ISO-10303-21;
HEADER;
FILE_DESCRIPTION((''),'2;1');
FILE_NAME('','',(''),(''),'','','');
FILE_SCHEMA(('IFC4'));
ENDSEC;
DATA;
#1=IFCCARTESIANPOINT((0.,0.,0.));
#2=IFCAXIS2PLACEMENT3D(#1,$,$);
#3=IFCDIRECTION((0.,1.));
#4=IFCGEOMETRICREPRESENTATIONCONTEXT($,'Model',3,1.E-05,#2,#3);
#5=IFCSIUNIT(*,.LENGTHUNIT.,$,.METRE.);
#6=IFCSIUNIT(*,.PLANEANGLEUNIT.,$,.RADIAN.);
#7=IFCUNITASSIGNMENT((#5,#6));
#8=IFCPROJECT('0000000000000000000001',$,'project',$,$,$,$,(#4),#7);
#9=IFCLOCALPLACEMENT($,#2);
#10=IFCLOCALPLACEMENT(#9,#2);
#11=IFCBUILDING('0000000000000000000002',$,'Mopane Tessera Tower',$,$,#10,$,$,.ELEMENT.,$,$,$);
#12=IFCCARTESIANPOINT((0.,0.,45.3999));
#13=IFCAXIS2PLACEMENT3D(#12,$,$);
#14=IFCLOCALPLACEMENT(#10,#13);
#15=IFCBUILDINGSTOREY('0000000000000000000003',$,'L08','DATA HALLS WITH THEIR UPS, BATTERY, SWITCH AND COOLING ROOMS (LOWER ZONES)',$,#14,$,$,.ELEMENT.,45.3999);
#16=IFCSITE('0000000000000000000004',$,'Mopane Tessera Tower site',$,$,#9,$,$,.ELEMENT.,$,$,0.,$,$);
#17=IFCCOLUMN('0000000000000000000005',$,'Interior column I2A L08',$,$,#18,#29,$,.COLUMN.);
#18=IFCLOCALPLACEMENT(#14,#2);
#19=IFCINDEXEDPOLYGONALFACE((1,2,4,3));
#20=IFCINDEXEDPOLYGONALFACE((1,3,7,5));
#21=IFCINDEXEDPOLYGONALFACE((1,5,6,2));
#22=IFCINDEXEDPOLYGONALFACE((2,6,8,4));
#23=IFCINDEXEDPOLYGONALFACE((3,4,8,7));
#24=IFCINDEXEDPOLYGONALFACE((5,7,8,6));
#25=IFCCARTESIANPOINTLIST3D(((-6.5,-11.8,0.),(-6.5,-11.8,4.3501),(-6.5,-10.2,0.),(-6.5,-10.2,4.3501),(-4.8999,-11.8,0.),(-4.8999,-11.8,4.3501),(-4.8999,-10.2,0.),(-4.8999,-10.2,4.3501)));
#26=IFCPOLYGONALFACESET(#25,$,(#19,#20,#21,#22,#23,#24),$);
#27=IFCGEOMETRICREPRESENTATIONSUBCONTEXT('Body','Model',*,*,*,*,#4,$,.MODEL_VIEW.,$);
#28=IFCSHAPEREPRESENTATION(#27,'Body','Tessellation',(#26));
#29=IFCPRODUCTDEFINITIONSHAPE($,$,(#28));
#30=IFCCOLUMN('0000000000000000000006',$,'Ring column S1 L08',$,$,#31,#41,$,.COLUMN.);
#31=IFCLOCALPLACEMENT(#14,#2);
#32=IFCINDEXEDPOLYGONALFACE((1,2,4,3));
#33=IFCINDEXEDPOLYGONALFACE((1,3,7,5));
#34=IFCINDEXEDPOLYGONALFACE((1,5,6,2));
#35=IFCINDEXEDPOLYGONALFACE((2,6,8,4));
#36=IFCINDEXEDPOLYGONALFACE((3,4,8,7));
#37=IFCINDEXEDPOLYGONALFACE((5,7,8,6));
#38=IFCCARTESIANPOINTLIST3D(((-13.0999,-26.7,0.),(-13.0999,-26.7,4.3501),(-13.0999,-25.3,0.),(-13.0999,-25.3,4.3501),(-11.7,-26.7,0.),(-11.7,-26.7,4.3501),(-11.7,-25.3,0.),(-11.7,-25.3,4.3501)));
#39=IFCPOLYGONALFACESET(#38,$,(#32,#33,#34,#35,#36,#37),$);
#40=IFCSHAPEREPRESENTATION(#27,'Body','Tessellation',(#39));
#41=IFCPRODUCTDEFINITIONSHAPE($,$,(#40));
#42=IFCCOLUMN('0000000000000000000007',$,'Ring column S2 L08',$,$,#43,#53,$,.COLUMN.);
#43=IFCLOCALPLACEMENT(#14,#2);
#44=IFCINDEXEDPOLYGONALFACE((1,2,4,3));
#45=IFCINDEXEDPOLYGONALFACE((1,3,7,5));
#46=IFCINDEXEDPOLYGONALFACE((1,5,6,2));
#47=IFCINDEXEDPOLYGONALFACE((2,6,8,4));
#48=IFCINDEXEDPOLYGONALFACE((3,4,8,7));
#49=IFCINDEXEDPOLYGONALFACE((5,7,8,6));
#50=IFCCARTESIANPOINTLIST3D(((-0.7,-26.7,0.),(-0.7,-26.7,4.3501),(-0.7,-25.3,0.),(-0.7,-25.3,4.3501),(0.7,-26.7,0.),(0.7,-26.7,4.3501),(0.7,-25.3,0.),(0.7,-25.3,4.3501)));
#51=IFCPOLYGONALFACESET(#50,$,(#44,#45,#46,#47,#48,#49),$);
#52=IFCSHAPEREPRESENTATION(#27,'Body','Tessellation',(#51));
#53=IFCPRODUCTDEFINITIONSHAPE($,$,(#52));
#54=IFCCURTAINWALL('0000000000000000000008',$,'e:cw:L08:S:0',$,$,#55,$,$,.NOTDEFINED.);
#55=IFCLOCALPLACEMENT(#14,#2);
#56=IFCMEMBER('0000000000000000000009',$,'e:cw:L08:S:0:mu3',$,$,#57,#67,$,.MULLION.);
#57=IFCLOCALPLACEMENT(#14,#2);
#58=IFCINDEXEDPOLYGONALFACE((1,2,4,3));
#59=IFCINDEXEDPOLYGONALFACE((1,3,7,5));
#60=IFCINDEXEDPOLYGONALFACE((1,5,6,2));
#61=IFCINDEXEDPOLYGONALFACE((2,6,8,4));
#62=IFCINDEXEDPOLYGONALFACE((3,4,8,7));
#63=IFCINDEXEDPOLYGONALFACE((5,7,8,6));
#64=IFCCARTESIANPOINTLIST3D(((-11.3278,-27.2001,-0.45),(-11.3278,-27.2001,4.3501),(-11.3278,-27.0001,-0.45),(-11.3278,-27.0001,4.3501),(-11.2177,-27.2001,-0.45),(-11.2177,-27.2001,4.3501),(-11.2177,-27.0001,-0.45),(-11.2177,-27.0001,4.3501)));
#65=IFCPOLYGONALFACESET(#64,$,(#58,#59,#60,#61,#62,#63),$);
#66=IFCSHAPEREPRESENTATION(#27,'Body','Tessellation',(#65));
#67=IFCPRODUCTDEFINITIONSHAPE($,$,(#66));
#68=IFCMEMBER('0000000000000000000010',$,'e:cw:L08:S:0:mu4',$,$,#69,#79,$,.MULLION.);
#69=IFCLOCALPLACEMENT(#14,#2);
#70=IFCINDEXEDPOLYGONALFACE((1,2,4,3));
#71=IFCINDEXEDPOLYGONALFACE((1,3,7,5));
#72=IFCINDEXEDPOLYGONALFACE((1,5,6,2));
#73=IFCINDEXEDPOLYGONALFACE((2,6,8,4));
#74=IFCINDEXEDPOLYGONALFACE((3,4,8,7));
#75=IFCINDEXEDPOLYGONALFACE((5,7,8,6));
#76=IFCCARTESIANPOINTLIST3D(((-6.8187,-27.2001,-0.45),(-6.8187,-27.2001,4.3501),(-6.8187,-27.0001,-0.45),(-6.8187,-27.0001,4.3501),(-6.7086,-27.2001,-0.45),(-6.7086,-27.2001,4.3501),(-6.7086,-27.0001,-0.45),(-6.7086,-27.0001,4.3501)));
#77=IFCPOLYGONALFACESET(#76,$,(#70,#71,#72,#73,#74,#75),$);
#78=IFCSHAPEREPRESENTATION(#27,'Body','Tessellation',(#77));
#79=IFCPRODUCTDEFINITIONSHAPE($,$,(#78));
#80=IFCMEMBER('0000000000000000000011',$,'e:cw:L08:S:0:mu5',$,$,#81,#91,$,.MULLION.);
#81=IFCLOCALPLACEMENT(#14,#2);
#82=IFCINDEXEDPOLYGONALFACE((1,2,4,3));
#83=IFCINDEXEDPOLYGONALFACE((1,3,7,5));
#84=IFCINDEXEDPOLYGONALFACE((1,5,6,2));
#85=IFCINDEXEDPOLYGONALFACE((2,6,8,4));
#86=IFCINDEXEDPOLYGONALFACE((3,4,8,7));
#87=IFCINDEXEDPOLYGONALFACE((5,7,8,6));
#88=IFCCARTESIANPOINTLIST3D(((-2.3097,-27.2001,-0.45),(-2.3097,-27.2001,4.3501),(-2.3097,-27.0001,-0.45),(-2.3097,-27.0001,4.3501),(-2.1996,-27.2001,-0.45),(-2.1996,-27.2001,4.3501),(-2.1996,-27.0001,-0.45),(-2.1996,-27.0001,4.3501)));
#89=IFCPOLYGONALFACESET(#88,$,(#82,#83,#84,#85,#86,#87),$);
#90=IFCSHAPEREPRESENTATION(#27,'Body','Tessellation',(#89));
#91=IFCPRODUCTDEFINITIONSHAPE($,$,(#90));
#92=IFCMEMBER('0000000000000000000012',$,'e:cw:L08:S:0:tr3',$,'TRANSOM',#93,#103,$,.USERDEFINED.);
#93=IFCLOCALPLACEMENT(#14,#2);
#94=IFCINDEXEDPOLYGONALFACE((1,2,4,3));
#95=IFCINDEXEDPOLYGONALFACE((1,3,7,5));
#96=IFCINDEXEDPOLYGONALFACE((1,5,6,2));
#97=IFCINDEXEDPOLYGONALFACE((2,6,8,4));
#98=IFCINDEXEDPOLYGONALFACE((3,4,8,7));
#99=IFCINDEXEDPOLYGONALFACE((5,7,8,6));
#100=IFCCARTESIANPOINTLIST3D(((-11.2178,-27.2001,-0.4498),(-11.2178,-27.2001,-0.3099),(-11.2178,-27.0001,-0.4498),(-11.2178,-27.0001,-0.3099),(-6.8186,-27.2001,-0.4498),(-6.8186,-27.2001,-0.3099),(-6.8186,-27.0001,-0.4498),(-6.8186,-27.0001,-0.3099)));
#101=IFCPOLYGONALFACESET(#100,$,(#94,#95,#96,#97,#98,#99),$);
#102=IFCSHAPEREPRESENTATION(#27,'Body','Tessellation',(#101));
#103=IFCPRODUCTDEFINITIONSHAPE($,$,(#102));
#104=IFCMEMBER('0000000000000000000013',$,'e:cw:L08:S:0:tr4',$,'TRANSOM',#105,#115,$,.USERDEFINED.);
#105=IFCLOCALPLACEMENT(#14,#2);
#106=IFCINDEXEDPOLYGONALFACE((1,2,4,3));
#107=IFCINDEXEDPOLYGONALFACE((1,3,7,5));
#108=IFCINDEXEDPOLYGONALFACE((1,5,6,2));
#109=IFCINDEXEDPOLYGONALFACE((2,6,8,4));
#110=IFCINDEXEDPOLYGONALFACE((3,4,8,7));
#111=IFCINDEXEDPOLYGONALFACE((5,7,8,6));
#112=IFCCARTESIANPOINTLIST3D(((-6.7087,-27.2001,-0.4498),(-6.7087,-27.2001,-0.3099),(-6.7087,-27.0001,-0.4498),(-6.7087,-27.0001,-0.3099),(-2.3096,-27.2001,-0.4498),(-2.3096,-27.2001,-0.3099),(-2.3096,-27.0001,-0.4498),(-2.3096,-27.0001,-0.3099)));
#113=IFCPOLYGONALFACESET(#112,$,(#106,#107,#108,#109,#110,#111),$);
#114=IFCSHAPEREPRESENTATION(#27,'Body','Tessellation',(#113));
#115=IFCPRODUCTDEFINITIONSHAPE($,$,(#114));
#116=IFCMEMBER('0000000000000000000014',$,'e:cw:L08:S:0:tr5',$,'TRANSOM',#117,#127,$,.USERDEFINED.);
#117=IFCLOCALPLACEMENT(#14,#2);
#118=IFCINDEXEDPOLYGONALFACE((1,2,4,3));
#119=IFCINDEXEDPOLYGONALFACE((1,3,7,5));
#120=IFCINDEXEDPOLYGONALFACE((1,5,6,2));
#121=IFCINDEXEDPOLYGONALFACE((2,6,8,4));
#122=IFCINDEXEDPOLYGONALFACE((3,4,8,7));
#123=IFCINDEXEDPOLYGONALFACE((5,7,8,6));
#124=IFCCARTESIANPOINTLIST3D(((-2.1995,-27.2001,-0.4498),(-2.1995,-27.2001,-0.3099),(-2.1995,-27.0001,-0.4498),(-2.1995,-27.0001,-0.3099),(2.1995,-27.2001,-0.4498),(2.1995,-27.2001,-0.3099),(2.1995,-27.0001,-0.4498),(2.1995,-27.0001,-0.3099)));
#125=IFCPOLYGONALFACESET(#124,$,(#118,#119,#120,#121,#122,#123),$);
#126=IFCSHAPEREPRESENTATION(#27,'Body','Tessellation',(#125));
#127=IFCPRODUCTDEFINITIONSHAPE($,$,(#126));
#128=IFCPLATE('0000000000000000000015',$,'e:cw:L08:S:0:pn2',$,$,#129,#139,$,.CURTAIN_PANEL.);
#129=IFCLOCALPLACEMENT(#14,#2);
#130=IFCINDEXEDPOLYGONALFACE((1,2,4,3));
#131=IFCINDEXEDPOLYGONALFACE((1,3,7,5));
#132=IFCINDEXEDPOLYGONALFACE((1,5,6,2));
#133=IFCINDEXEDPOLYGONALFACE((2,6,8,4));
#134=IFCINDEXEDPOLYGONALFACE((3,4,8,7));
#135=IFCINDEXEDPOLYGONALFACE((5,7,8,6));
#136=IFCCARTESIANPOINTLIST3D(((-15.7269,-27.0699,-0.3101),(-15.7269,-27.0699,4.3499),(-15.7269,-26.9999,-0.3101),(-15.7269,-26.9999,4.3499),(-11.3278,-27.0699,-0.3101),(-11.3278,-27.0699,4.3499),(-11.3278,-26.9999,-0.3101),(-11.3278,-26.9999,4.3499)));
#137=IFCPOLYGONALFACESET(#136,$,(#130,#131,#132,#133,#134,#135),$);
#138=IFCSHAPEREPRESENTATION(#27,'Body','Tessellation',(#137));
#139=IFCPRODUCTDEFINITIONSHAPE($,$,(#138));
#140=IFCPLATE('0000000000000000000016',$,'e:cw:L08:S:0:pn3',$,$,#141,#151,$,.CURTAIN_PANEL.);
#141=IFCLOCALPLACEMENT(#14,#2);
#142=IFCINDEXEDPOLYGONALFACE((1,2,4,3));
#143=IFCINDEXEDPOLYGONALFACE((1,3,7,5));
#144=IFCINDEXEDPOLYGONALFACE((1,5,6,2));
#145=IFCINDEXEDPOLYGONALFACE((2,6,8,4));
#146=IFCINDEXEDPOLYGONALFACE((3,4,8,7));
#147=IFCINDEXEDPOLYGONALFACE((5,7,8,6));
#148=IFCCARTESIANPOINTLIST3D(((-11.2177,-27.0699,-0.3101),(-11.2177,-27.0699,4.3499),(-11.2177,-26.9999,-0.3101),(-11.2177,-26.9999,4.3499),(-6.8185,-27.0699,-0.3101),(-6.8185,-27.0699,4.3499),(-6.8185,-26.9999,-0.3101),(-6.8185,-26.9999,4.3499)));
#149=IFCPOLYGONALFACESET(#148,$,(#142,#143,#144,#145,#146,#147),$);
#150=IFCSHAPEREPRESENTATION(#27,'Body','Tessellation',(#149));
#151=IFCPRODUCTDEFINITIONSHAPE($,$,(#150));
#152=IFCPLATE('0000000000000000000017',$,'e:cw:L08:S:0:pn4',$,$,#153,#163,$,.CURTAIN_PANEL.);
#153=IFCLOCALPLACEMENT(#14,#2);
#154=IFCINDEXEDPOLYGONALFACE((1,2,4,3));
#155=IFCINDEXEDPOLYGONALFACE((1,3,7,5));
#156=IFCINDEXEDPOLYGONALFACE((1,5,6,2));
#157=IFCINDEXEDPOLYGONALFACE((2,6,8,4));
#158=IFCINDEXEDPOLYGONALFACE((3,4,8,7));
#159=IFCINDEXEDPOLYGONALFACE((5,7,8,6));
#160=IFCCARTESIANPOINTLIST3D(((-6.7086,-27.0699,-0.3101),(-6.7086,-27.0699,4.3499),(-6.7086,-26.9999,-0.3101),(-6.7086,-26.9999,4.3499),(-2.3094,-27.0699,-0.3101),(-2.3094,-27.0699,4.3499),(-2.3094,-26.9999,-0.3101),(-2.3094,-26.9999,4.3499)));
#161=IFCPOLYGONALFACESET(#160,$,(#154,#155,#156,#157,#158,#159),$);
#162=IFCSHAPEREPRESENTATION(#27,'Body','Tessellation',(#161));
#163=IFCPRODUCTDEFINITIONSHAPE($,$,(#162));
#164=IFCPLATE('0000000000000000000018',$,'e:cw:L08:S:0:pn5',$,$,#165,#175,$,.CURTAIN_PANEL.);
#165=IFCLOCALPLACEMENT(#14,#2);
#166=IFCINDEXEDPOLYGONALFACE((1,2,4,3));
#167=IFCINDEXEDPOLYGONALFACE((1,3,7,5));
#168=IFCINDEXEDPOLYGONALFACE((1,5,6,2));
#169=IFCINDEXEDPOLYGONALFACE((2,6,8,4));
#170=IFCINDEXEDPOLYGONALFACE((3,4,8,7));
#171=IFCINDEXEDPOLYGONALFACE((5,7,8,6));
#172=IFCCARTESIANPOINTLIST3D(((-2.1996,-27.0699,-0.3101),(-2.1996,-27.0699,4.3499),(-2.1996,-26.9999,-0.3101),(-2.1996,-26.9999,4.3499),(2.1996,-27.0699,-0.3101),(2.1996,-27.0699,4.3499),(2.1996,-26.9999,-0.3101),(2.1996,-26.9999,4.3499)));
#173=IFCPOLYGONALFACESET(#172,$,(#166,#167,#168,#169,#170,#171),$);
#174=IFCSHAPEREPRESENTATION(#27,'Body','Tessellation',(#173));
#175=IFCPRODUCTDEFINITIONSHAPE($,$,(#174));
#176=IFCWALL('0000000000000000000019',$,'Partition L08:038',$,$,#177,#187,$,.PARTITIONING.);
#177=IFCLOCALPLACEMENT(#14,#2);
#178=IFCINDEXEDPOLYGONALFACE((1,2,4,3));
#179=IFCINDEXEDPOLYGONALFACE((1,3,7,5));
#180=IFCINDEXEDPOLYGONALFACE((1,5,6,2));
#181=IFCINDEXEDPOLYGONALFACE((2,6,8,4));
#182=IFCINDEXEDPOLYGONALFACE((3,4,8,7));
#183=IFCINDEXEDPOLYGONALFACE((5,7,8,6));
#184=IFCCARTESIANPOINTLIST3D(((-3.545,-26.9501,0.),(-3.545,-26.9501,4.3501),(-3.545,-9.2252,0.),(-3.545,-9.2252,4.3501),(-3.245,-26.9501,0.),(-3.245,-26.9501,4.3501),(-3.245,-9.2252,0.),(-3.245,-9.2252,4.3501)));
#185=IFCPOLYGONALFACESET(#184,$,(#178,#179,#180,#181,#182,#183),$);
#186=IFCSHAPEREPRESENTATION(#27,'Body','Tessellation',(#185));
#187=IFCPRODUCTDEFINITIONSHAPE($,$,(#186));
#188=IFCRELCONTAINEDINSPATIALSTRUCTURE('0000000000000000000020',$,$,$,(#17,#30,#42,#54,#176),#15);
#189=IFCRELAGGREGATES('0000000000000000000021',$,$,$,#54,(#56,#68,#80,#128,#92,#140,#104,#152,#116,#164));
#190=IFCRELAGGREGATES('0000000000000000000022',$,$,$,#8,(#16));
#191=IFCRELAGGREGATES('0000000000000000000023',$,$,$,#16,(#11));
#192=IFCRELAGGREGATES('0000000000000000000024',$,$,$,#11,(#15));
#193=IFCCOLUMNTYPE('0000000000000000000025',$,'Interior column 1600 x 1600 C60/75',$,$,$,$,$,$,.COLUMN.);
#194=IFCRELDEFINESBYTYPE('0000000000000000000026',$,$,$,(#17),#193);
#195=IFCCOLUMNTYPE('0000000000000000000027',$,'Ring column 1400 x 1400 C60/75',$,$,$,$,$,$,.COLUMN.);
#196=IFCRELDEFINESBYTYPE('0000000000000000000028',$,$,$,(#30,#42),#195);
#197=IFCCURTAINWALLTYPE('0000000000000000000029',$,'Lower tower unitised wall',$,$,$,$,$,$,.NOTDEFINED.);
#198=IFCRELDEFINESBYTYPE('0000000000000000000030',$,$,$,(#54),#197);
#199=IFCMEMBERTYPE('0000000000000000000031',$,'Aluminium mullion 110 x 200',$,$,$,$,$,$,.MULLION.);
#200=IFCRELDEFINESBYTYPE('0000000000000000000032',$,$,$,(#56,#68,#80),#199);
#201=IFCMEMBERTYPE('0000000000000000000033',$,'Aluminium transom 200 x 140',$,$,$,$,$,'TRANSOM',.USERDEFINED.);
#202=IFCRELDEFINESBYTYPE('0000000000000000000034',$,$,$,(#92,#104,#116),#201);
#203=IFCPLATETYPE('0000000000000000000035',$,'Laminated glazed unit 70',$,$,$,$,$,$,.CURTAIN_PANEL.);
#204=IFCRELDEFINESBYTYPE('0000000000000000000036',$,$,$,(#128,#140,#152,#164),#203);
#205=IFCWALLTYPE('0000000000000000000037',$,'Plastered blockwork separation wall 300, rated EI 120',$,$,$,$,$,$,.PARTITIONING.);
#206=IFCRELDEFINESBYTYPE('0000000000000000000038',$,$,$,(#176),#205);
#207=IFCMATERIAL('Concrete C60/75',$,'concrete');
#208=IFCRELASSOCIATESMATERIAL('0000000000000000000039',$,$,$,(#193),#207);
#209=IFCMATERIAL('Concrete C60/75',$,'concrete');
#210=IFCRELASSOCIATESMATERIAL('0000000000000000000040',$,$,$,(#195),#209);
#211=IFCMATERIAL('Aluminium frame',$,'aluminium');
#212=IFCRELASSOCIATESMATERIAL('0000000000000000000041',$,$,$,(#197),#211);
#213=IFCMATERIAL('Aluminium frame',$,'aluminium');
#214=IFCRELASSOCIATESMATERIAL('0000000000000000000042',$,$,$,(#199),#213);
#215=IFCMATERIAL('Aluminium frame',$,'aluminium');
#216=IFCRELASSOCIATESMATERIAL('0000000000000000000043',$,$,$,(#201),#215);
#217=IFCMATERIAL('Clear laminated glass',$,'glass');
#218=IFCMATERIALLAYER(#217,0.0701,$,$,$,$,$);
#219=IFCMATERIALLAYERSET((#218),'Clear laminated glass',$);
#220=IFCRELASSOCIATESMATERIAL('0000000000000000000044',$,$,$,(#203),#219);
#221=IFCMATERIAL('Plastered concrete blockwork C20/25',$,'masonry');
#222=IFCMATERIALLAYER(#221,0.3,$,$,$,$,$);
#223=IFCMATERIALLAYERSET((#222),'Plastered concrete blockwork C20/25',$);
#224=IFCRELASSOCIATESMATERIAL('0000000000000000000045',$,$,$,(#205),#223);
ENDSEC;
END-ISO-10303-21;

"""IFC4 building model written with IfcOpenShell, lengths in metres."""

from ifc_helpers import new_model, si_unit, direction, frame, frame_2d, origin, origin_2d, place, context, subcontext, project, spatial, rectangle, extrude, material, layer, layer_set, material_profile, profile_set, type_object, element, aggregate, save


model = new_model("IFC4")

# Units and contexts
model_context = context("Model", 3, precision=1e-05, world=origin(), true_north=direction((0.0, 1.0)))
body_context = subcontext(model_context, "Body", "Model", "MODEL_VIEW")
ifc_project = project(units=[si_unit("LENGTHUNIT", "METRE"), si_unit("PLANEANGLEUNIT", "RADIAN")], contexts=[model_context])

# Site, building, storey
site_placement = place(None, origin())
site = spatial("IfcSite", under=ifc_project, at=site_placement, Name="Mopane Tessera Tower site", CompositionType="ELEMENT", RefElevation=0.0)
building_placement = place(site_placement, origin())
building = spatial("IfcBuilding", under=site, at=building_placement, Name="Mopane Tessera Tower", CompositionType="ELEMENT")
storey_placement = place(building_placement, frame((0.0, 0.0, 45.3999)))
storey = spatial("IfcBuildingStorey", under=building, at=storey_placement, Name="L08", Description="DATA HALLS WITH THEIR UPS, BATTERY, SWITCH AND COOLING ROOMS (LOWER ZONES)", CompositionType="ELEMENT", Elevation=45.3999)

# Columns
ifc_material_1 = material(Name="Concrete C60/75", Category="concrete")
ifc_material_profile_1 = material_profile(ifc_material_1, rectangle(XDim=1.6001, YDim=1.6001, at=origin_2d()))
ifc_profile_set_1 = profile_set([ifc_material_profile_1], Name="Concrete C60/75")
column_type_1 = type_object("IfcColumnType", Name="Interior column 1600 x 1600 C60/75", PredefinedType="COLUMN", material=ifc_profile_set_1)
column_placement = place(storey_placement, frame((-5.7, -11.0, 0.0), z_axis=(0.0, 0.0, 1.0), x_axis=(1.0, 0.0, 0.0)))
element("IfcColumn", 1, at=column_placement, inside=storey, type_object=column_type_1, Name="Interior column I2A L08", PredefinedType="COLUMN", context=body_context, shape_type="SweptSolid", body=[
    extrude(rectangle(XDim=1.6001, YDim=1.6001, at=origin_2d()), origin(), (0.0, 0.0, 1.0), 4.3501),
])
ifc_material_2 = material(Name="Concrete C60/75", Category="concrete")
ifc_material_profile_2 = material_profile(ifc_material_2, rectangle(XDim=1.3999, YDim=1.3999, at=origin_2d()))
ifc_profile_set_2 = profile_set([ifc_material_profile_2], Name="Concrete C60/75")
column_type_2 = type_object("IfcColumnType", Name="Ring column 1400 x 1400 C60/75", PredefinedType="COLUMN", material=ifc_profile_set_2)
for number, where, z_axis, x_axis, name in (
    (2, (-12.3999, -26.0, 0.0), (0.0, 0.0, 1.0), (1.0, 0.0, 0.0), "Ring column S1 L08"),
    (3, (0.0, -26.0, 0.0), (0.0, 0.0, 1.0), (1.0, 0.0, 0.0), "Ring column S2 L08"),
):
    element("IfcColumn", number, at=place(storey_placement, frame(where, z_axis=z_axis, x_axis=x_axis)), inside=storey, type_object=column_type_2, Name=name, PredefinedType="COLUMN", context=body_context, shape_type="SweptSolid", body=[
        extrude(rectangle(XDim=1.3999, YDim=1.3999, at=origin_2d()), origin(), (0.0, 0.0, 1.0), 4.3501),
    ])

# Curtain wall, members, plates
ifc_material_3 = material(Name="Aluminium frame", Category="aluminium")
curtain_wall_type = type_object("IfcCurtainWallType", Name="Lower tower unitised wall", PredefinedType="NOTDEFINED", material=ifc_material_3)
curtain_wall_placement = place(storey_placement, origin())
curtain_wall = element("IfcCurtainWall", 4, at=curtain_wall_placement, inside=storey, type_object=curtain_wall_type, Name="e:cw:L08:S:0", PredefinedType="NOTDEFINED")
ifc_material_4 = material(Name="Aluminium frame", Category="aluminium")
ifc_material_profile_3 = material_profile(ifc_material_4, rectangle(XDim=0.1101, YDim=0.2, at=origin_2d()))
ifc_profile_set_3 = profile_set([ifc_material_profile_3], Name="Aluminium frame")
member_type_1 = type_object("IfcMemberType", Name="Aluminium mullion 110 x 200", PredefinedType="MULLION", material=ifc_profile_set_3)
member_1_placement = place(storey_placement, frame((-11.2727, -27.1001, -0.45), z_axis=(0.0, 0.0, 1.0), x_axis=(1.0, 0.0, 0.0)))
member_1 = element("IfcMember", 5, at=member_1_placement, type_object=member_type_1, Name="e:cw:L08:S:0:mu3", PredefinedType="MULLION", context=body_context, shape_type="SweptSolid", body=[
    extrude(rectangle(XDim=0.1101, YDim=0.2, at=origin_2d()), origin(), (0.0, 0.0, 1.0), 4.8),
])
member_2_placement = place(storey_placement, frame((-6.7637, -27.1001, -0.45), z_axis=(0.0, 0.0, 1.0), x_axis=(1.0, 0.0, 0.0)))
member_2 = element("IfcMember", 6, at=member_2_placement, type_object=member_type_1, Name="e:cw:L08:S:0:mu4", PredefinedType="MULLION", context=body_context, shape_type="SweptSolid", body=[
    extrude(rectangle(XDim=0.1101, YDim=0.2, at=origin_2d()), origin(), (0.0, 0.0, 1.0), 4.8),
])
member_3_placement = place(storey_placement, frame((-2.2546, -27.1001, -0.45), z_axis=(0.0, 0.0, 1.0), x_axis=(1.0, 0.0, 0.0)))
member_3 = element("IfcMember", 7, at=member_3_placement, type_object=member_type_1, Name="e:cw:L08:S:0:mu5", PredefinedType="MULLION", context=body_context, shape_type="SweptSolid", body=[
    extrude(rectangle(XDim=0.1101, YDim=0.2, at=origin_2d()), origin(), (0.0, 0.0, 1.0), 4.8),
])
ifc_material_5 = material(Name="Aluminium frame", Category="aluminium")
ifc_material_profile_4 = material_profile(ifc_material_5, rectangle(XDim=0.2, YDim=0.1399, at=origin_2d()))
ifc_profile_set_4 = profile_set([ifc_material_profile_4], Name="Aluminium frame")
member_type_2 = type_object("IfcMemberType", Name="Aluminium transom 200 x 140", ElementType="TRANSOM", PredefinedType="USERDEFINED", material=ifc_profile_set_4)
member_4_placement = place(storey_placement, frame((-11.2178, -27.1001, -0.3799), z_axis=(1.0, 0.0, 0.0), x_axis=(0.0, 1.0, 0.0)))
member_4 = element("IfcMember", 8, at=member_4_placement, type_object=member_type_2, Name="e:cw:L08:S:0:tr3", ObjectType="TRANSOM", PredefinedType="USERDEFINED", context=body_context, shape_type="SweptSolid", body=[
    extrude(rectangle(XDim=0.2, YDim=0.1399, at=origin_2d()), origin(), (0.0, 0.0, 1.0), 4.3992),
])
member_5_placement = place(storey_placement, frame((-6.7087, -27.1001, -0.3799), z_axis=(1.0, 0.0, 0.0), x_axis=(0.0, 1.0, 0.0)))
member_5 = element("IfcMember", 9, at=member_5_placement, type_object=member_type_2, Name="e:cw:L08:S:0:tr4", ObjectType="TRANSOM", PredefinedType="USERDEFINED", context=body_context, shape_type="SweptSolid", body=[
    extrude(rectangle(XDim=0.2, YDim=0.1399, at=origin_2d()), origin(), (0.0, 0.0, 1.0), 4.3992),
])
member_6_placement = place(storey_placement, frame((-2.1995, -27.1001, -0.3799), z_axis=(1.0, 0.0, 0.0), x_axis=(0.0, 1.0, 0.0)))
member_6 = element("IfcMember", 10, at=member_6_placement, type_object=member_type_2, Name="e:cw:L08:S:0:tr5", ObjectType="TRANSOM", PredefinedType="USERDEFINED", context=body_context, shape_type="SweptSolid", body=[
    extrude(rectangle(XDim=0.2, YDim=0.1399, at=origin_2d()), origin(), (0.0, 0.0, 1.0), 4.3989),
])
ifc_material_6 = material(Name="Clear laminated glass", Category="glass")
ifc_layer_1 = layer(ifc_material_6, 0.0701)
ifc_layer_set_1 = layer_set([ifc_layer_1], Name="Clear laminated glass")
plate_type = type_object("IfcPlateType", Name="Laminated glazed unit 70", PredefinedType="CURTAIN_PANEL", material=ifc_layer_set_1)
plate_1_placement = place(storey_placement, frame((-13.5273, -27.0349, -0.3101), z_axis=(0.0, 0.0, 1.0), x_axis=(1.0, 0.0, 0.0)))
plate_1 = element("IfcPlate", 11, at=plate_1_placement, type_object=plate_type, Name="e:cw:L08:S:0:pn2", PredefinedType="CURTAIN_PANEL", context=body_context, shape_type="SweptSolid", body=[
    extrude(rectangle(XDim=4.3992, YDim=0.0701, at=origin_2d()), origin(), (0.0, 0.0, 1.0), 4.6599),
])
plate_2_placement = place(storey_placement, frame((-9.0181, -27.0349, -0.3101), z_axis=(0.0, 0.0, 1.0), x_axis=(1.0, 0.0, 0.0)))
plate_2 = element("IfcPlate", 12, at=plate_2_placement, type_object=plate_type, Name="e:cw:L08:S:0:pn3", PredefinedType="CURTAIN_PANEL", context=body_context, shape_type="SweptSolid", body=[
    extrude(rectangle(XDim=4.3992, YDim=0.0701, at=origin_2d()), origin(), (0.0, 0.0, 1.0), 4.6599),
])
plate_3_placement = place(storey_placement, frame((-4.509, -27.0349, -0.3101), z_axis=(0.0, 0.0, 1.0), x_axis=(1.0, 0.0, 0.0)))
plate_3 = element("IfcPlate", 13, at=plate_3_placement, type_object=plate_type, Name="e:cw:L08:S:0:pn4", PredefinedType="CURTAIN_PANEL", context=body_context, shape_type="SweptSolid", body=[
    extrude(rectangle(XDim=4.3992, YDim=0.0701, at=origin_2d()), origin(), (0.0, 0.0, 1.0), 4.6599),
])
plate_4_placement = place(storey_placement, frame((0.0, -27.0349, -0.3101), z_axis=(0.0, 0.0, 1.0), x_axis=(1.0, 0.0, 0.0)))
plate_4 = element("IfcPlate", 14, at=plate_4_placement, type_object=plate_type, Name="e:cw:L08:S:0:pn5", PredefinedType="CURTAIN_PANEL", context=body_context, shape_type="SweptSolid", body=[
    extrude(rectangle(XDim=4.3992, YDim=0.0701, at=origin_2d()), origin(), (0.0, 0.0, 1.0), 4.6599),
])
aggregate(curtain_wall, [member_1, member_2, member_3, plate_1, member_4, plate_2, member_5, plate_3, member_6, plate_4])

# Wall
ifc_material_7 = material(Name="Plastered concrete blockwork C20/25", Category="masonry")
ifc_layer_2 = layer(ifc_material_7, 0.3)
ifc_layer_set_2 = layer_set([ifc_layer_2], Name="Plastered concrete blockwork C20/25")
wall_type = type_object("IfcWallType", Name="Plastered blockwork separation wall 300, rated EI 120", PredefinedType="PARTITIONING", material=ifc_layer_set_2)
wall_placement = place(storey_placement, frame((-3.395, -26.95, 0.0), z_axis=(0.0, 0.0, 1.0), x_axis=(0.0, 1.0, 0.0)))
element("IfcWall", 15, at=wall_placement, inside=storey, type_object=wall_type, Name="Partition L08:038", PredefinedType="PARTITIONING", context=body_context, shape_type="SweptSolid", body=[
    extrude(rectangle(XDim=17.7249, YDim=0.3, at=frame_2d((8.8623, 0.0))), origin(), (0.0, 0.0, 1.0), 4.3501),
])

save(model, "model.ifc")
